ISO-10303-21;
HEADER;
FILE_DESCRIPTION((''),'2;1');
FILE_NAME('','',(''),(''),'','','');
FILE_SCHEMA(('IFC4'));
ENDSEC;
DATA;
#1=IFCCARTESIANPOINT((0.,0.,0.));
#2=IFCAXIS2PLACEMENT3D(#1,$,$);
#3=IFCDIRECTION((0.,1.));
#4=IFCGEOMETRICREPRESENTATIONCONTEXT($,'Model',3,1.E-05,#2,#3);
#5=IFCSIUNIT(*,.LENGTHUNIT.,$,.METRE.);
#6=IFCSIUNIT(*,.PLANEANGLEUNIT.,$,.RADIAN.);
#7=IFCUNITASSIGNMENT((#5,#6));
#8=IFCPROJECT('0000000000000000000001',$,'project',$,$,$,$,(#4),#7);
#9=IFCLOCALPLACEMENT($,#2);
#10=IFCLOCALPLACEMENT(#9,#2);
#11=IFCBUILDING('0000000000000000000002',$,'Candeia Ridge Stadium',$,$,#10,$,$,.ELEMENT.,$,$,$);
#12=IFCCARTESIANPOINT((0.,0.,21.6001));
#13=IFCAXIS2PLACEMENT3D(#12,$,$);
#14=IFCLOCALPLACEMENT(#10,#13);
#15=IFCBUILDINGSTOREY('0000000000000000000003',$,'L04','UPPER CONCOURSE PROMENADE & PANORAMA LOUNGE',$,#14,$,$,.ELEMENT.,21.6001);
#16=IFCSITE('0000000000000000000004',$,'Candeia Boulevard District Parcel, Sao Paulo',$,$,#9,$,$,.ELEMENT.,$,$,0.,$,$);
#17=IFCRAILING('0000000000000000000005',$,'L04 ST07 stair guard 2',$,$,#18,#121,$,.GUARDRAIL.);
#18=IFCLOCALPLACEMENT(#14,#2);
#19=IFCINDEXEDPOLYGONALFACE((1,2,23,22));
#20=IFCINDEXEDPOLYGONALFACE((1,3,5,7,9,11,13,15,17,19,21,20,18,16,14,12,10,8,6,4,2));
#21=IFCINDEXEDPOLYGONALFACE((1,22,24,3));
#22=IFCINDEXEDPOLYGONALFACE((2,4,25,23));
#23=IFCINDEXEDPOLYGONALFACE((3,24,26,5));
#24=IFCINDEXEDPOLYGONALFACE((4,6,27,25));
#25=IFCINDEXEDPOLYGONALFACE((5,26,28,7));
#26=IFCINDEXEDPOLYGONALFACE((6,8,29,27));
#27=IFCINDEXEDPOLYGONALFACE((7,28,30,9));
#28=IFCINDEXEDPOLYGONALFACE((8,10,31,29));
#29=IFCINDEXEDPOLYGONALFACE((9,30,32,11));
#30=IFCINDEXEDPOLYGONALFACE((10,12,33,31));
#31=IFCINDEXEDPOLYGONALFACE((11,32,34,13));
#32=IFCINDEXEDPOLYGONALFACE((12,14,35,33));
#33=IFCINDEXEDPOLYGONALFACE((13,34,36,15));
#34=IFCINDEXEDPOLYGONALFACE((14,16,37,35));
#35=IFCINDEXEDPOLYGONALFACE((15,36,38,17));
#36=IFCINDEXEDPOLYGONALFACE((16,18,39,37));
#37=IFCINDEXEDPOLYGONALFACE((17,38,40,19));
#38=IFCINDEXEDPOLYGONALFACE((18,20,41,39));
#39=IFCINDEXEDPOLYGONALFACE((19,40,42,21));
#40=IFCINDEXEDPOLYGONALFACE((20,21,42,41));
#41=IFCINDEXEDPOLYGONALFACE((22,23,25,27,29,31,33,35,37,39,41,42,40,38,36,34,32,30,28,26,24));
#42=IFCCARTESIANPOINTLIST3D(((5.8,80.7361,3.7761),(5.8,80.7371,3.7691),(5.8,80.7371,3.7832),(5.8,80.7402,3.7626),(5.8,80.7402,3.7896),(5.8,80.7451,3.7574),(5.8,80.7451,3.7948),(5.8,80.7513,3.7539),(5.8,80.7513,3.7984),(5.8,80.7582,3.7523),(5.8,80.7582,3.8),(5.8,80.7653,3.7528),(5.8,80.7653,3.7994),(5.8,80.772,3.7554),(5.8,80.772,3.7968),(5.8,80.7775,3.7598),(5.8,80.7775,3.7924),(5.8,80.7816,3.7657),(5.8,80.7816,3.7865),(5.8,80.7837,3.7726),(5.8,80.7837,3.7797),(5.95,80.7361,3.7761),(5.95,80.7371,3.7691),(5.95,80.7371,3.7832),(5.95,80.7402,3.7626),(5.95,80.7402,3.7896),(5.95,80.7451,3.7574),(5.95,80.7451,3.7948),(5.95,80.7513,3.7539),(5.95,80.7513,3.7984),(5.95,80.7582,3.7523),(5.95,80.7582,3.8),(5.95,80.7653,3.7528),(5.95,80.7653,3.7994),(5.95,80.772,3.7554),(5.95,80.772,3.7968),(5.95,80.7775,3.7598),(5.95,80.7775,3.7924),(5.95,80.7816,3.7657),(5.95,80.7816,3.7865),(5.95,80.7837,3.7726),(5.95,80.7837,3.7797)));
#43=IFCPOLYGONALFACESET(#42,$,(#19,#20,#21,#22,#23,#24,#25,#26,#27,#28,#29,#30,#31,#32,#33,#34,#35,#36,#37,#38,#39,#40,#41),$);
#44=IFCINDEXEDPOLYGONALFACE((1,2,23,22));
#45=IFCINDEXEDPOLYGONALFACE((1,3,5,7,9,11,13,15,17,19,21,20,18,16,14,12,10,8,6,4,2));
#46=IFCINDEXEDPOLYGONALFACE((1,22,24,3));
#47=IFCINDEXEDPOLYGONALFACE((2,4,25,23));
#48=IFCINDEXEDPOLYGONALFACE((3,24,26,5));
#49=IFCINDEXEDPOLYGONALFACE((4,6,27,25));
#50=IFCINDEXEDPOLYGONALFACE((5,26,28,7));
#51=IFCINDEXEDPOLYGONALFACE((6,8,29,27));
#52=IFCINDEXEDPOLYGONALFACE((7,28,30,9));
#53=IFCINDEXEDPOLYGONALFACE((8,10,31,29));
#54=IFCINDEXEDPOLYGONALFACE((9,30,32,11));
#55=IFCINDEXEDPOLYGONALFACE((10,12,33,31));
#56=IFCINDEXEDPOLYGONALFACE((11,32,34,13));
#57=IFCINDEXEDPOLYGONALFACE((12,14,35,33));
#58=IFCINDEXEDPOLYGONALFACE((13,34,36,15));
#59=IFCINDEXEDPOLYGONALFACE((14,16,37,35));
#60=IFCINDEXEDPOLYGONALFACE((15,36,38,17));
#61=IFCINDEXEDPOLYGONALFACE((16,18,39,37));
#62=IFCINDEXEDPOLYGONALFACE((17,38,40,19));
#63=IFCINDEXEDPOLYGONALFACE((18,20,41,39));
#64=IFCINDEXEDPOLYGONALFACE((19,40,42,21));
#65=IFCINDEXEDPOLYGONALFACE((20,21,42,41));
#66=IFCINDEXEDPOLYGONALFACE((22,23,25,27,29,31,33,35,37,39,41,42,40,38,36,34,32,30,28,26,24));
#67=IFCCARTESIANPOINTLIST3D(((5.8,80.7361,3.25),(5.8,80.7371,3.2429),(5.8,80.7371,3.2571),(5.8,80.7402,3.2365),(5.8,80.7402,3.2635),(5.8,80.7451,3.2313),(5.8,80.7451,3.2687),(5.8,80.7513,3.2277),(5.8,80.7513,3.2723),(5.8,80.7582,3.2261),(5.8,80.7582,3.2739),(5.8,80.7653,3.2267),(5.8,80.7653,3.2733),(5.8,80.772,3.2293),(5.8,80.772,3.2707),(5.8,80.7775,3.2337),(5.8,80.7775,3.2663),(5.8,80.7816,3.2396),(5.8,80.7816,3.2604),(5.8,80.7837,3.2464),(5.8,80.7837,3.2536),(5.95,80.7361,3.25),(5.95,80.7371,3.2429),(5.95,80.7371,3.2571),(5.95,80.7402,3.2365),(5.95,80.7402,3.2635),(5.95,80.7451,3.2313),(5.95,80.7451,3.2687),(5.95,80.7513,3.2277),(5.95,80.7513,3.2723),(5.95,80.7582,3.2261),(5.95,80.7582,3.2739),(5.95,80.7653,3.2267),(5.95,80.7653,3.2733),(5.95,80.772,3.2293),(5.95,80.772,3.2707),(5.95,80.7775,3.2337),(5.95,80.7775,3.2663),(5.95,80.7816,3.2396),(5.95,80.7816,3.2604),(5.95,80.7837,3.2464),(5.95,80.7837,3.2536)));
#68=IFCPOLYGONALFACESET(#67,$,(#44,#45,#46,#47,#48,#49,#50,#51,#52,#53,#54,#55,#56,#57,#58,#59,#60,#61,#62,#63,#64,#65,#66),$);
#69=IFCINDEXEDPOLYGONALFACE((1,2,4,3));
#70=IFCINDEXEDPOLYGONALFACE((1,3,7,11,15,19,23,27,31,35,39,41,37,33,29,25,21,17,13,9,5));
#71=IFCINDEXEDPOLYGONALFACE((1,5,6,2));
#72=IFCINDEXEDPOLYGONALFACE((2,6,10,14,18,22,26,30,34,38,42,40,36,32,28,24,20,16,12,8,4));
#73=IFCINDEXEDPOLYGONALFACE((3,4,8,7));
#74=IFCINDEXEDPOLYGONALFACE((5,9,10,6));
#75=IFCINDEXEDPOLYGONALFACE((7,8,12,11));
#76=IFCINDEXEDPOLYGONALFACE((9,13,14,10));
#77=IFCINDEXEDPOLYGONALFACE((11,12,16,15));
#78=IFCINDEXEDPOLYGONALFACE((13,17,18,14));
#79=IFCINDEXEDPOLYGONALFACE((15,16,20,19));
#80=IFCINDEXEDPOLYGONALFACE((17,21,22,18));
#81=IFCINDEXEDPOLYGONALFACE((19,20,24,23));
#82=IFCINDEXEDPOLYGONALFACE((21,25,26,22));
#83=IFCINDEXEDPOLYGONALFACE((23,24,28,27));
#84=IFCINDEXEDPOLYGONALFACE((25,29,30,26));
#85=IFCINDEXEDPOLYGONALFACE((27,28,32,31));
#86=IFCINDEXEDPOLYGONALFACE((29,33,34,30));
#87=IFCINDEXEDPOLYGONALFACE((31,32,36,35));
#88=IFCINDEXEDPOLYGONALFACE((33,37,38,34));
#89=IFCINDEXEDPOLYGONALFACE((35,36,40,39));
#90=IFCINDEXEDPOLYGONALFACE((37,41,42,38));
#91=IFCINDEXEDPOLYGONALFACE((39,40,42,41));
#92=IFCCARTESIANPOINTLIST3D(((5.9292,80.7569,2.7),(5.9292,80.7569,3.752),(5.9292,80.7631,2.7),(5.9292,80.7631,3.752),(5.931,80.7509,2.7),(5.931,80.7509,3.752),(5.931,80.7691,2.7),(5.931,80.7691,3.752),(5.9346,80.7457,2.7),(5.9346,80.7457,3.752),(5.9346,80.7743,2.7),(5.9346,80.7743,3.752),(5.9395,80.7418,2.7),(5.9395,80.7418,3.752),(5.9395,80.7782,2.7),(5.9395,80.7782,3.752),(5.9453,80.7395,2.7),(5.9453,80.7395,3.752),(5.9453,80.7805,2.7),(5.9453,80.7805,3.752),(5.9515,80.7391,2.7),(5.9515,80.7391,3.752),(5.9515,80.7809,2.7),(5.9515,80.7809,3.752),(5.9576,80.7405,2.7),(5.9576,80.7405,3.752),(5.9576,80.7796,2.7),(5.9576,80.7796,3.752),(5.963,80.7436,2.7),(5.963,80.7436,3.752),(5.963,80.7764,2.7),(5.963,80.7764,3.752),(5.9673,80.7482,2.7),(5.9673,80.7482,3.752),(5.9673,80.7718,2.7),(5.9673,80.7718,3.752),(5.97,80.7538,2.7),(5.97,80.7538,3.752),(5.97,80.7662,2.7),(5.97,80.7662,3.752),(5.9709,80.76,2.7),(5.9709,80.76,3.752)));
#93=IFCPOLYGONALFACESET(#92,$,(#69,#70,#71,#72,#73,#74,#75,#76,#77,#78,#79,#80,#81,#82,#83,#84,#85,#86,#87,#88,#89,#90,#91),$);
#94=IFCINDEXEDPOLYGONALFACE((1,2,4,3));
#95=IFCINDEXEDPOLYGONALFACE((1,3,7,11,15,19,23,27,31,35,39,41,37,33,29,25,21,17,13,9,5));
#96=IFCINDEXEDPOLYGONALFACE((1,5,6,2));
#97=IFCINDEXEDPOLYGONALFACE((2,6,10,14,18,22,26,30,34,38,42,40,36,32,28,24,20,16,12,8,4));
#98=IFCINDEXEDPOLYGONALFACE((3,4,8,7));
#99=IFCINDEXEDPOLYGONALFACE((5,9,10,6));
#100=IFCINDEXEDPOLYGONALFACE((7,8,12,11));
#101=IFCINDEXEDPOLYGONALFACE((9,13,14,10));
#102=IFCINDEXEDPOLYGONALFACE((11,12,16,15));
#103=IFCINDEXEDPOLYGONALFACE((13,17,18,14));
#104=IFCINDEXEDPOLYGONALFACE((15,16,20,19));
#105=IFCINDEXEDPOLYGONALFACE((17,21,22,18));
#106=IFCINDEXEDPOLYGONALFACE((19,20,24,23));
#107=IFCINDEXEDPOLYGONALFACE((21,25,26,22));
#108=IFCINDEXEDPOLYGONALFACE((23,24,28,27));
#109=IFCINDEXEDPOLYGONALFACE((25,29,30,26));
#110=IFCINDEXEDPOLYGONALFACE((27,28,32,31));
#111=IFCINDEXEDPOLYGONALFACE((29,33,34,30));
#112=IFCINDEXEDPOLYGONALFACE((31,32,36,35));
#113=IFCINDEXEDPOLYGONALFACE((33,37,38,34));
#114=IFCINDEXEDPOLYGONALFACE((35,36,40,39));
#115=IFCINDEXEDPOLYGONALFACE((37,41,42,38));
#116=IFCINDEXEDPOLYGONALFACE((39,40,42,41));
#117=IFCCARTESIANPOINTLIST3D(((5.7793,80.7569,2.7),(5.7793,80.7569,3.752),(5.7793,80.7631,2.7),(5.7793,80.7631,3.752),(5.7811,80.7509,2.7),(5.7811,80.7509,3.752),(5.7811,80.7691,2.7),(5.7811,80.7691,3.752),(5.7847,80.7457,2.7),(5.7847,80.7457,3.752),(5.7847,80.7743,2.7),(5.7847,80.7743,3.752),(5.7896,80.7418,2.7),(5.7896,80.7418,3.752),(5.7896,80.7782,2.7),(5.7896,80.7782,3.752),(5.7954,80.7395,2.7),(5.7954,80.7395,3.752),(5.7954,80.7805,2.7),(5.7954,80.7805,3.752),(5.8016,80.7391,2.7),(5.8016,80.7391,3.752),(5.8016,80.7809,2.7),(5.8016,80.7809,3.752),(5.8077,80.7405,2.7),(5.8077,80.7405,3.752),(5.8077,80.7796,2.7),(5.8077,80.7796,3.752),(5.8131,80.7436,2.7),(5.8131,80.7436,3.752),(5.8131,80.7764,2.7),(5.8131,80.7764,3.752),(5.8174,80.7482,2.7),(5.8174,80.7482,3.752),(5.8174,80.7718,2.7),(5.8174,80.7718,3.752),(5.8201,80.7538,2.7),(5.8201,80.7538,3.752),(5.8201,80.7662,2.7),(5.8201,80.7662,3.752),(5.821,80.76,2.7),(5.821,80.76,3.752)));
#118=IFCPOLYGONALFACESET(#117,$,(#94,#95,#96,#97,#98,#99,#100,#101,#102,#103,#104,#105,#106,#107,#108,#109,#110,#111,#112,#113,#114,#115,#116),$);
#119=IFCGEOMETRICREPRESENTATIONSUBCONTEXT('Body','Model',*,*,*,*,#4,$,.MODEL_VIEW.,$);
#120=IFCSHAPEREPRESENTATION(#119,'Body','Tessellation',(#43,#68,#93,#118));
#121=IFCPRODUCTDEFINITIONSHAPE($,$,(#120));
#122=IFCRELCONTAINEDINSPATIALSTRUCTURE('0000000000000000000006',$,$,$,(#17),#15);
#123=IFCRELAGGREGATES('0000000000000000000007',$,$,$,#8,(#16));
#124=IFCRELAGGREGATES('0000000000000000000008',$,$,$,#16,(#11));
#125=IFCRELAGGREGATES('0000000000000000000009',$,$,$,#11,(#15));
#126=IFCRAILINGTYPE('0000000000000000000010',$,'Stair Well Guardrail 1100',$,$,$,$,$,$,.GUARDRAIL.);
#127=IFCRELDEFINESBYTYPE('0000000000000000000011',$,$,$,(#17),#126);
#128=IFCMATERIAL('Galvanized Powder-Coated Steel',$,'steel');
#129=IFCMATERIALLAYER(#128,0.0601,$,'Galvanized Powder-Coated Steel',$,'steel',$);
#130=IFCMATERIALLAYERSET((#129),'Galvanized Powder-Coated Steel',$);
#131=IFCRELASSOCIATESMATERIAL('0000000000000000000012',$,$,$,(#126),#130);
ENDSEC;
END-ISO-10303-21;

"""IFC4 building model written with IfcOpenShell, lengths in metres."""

from ifc_helpers import new_model, si_unit, direction, frame, origin, origin_2d, place, context, subcontext, project, spatial, circle, extrude, material, layer, layer_set, type_object, element, save


model = new_model("IFC4")

# Units and contexts
model_context = context("Model", 3, precision=1e-05, world=origin(), true_north=direction((0.0, 1.0)))
body_context = subcontext(model_context, "Body", "Model", "MODEL_VIEW")
ifc_project = project(units=[si_unit("LENGTHUNIT", "METRE"), si_unit("PLANEANGLEUNIT", "RADIAN")], contexts=[model_context])

# Site, building, storey
site_placement = place(None, origin())
site = spatial("IfcSite", under=ifc_project, at=site_placement, Name="Candeia Boulevard District Parcel, Sao Paulo", CompositionType="ELEMENT", RefElevation=0.0)
building_placement = place(site_placement, origin())
building = spatial("IfcBuilding", under=site, at=building_placement, Name="Candeia Ridge Stadium", CompositionType="ELEMENT")
storey_placement = place(building_placement, frame((0.0, 0.0, 21.6001)))
storey = spatial("IfcBuildingStorey", under=building, at=storey_placement, Name="L04", Description="UPPER CONCOURSE PROMENADE & PANORAMA LOUNGE", CompositionType="ELEMENT", Elevation=21.6001)

# Railing
ifc_material_1 = material(Name="Galvanized Powder-Coated Steel", Category="steel")
ifc_layer_1 = layer(ifc_material_1, 0.0601, Name="Galvanized Powder-Coated Steel", Category="steel")
ifc_layer_set_1 = layer_set([ifc_layer_1], Name="Galvanized Powder-Coated Steel")
railing_type_1 = type_object("IfcRailingType", Name="Stair Well Guardrail 1100", PredefinedType="GUARDRAIL", material=ifc_layer_set_1)
railing_1_placement = place(storey_placement, frame((5.95, 80.76, 2.7)))
element("IfcRailing", 1, at=railing_1_placement, inside=storey, type_object=railing_type_1, Name="L04 ST07 stair guard 2", PredefinedType="GUARDRAIL", context=body_context, shape_type="SweptSolid", body=[
    extrude(circle(Radius=0.0239, at=origin_2d()), frame((0.0, 0.0, 1.0762), z_axis=(-1.0, 0.0, 0.0), x_axis=(0.0, -1.0, 0.0)), (0.0, 0.0, 1.0), 0.1499),
    extrude(circle(Radius=0.0239, at=origin_2d()), frame((0.0, 0.0, 0.55), z_axis=(-1.0, 0.0, 0.0), x_axis=(0.0, -1.0, 0.0)), (0.0, 0.0, 1.0), 0.1499),
    extrude(circle(Radius=0.021, at=origin_2d()), origin(), (0.0, 0.0, 1.0), 1.052),
    extrude(circle(Radius=0.021, at=origin_2d()), frame((-0.1499, 0.0, 0.0)), (0.0, 0.0, 1.0), 1.052),
])

save(model, "model.ifc")
